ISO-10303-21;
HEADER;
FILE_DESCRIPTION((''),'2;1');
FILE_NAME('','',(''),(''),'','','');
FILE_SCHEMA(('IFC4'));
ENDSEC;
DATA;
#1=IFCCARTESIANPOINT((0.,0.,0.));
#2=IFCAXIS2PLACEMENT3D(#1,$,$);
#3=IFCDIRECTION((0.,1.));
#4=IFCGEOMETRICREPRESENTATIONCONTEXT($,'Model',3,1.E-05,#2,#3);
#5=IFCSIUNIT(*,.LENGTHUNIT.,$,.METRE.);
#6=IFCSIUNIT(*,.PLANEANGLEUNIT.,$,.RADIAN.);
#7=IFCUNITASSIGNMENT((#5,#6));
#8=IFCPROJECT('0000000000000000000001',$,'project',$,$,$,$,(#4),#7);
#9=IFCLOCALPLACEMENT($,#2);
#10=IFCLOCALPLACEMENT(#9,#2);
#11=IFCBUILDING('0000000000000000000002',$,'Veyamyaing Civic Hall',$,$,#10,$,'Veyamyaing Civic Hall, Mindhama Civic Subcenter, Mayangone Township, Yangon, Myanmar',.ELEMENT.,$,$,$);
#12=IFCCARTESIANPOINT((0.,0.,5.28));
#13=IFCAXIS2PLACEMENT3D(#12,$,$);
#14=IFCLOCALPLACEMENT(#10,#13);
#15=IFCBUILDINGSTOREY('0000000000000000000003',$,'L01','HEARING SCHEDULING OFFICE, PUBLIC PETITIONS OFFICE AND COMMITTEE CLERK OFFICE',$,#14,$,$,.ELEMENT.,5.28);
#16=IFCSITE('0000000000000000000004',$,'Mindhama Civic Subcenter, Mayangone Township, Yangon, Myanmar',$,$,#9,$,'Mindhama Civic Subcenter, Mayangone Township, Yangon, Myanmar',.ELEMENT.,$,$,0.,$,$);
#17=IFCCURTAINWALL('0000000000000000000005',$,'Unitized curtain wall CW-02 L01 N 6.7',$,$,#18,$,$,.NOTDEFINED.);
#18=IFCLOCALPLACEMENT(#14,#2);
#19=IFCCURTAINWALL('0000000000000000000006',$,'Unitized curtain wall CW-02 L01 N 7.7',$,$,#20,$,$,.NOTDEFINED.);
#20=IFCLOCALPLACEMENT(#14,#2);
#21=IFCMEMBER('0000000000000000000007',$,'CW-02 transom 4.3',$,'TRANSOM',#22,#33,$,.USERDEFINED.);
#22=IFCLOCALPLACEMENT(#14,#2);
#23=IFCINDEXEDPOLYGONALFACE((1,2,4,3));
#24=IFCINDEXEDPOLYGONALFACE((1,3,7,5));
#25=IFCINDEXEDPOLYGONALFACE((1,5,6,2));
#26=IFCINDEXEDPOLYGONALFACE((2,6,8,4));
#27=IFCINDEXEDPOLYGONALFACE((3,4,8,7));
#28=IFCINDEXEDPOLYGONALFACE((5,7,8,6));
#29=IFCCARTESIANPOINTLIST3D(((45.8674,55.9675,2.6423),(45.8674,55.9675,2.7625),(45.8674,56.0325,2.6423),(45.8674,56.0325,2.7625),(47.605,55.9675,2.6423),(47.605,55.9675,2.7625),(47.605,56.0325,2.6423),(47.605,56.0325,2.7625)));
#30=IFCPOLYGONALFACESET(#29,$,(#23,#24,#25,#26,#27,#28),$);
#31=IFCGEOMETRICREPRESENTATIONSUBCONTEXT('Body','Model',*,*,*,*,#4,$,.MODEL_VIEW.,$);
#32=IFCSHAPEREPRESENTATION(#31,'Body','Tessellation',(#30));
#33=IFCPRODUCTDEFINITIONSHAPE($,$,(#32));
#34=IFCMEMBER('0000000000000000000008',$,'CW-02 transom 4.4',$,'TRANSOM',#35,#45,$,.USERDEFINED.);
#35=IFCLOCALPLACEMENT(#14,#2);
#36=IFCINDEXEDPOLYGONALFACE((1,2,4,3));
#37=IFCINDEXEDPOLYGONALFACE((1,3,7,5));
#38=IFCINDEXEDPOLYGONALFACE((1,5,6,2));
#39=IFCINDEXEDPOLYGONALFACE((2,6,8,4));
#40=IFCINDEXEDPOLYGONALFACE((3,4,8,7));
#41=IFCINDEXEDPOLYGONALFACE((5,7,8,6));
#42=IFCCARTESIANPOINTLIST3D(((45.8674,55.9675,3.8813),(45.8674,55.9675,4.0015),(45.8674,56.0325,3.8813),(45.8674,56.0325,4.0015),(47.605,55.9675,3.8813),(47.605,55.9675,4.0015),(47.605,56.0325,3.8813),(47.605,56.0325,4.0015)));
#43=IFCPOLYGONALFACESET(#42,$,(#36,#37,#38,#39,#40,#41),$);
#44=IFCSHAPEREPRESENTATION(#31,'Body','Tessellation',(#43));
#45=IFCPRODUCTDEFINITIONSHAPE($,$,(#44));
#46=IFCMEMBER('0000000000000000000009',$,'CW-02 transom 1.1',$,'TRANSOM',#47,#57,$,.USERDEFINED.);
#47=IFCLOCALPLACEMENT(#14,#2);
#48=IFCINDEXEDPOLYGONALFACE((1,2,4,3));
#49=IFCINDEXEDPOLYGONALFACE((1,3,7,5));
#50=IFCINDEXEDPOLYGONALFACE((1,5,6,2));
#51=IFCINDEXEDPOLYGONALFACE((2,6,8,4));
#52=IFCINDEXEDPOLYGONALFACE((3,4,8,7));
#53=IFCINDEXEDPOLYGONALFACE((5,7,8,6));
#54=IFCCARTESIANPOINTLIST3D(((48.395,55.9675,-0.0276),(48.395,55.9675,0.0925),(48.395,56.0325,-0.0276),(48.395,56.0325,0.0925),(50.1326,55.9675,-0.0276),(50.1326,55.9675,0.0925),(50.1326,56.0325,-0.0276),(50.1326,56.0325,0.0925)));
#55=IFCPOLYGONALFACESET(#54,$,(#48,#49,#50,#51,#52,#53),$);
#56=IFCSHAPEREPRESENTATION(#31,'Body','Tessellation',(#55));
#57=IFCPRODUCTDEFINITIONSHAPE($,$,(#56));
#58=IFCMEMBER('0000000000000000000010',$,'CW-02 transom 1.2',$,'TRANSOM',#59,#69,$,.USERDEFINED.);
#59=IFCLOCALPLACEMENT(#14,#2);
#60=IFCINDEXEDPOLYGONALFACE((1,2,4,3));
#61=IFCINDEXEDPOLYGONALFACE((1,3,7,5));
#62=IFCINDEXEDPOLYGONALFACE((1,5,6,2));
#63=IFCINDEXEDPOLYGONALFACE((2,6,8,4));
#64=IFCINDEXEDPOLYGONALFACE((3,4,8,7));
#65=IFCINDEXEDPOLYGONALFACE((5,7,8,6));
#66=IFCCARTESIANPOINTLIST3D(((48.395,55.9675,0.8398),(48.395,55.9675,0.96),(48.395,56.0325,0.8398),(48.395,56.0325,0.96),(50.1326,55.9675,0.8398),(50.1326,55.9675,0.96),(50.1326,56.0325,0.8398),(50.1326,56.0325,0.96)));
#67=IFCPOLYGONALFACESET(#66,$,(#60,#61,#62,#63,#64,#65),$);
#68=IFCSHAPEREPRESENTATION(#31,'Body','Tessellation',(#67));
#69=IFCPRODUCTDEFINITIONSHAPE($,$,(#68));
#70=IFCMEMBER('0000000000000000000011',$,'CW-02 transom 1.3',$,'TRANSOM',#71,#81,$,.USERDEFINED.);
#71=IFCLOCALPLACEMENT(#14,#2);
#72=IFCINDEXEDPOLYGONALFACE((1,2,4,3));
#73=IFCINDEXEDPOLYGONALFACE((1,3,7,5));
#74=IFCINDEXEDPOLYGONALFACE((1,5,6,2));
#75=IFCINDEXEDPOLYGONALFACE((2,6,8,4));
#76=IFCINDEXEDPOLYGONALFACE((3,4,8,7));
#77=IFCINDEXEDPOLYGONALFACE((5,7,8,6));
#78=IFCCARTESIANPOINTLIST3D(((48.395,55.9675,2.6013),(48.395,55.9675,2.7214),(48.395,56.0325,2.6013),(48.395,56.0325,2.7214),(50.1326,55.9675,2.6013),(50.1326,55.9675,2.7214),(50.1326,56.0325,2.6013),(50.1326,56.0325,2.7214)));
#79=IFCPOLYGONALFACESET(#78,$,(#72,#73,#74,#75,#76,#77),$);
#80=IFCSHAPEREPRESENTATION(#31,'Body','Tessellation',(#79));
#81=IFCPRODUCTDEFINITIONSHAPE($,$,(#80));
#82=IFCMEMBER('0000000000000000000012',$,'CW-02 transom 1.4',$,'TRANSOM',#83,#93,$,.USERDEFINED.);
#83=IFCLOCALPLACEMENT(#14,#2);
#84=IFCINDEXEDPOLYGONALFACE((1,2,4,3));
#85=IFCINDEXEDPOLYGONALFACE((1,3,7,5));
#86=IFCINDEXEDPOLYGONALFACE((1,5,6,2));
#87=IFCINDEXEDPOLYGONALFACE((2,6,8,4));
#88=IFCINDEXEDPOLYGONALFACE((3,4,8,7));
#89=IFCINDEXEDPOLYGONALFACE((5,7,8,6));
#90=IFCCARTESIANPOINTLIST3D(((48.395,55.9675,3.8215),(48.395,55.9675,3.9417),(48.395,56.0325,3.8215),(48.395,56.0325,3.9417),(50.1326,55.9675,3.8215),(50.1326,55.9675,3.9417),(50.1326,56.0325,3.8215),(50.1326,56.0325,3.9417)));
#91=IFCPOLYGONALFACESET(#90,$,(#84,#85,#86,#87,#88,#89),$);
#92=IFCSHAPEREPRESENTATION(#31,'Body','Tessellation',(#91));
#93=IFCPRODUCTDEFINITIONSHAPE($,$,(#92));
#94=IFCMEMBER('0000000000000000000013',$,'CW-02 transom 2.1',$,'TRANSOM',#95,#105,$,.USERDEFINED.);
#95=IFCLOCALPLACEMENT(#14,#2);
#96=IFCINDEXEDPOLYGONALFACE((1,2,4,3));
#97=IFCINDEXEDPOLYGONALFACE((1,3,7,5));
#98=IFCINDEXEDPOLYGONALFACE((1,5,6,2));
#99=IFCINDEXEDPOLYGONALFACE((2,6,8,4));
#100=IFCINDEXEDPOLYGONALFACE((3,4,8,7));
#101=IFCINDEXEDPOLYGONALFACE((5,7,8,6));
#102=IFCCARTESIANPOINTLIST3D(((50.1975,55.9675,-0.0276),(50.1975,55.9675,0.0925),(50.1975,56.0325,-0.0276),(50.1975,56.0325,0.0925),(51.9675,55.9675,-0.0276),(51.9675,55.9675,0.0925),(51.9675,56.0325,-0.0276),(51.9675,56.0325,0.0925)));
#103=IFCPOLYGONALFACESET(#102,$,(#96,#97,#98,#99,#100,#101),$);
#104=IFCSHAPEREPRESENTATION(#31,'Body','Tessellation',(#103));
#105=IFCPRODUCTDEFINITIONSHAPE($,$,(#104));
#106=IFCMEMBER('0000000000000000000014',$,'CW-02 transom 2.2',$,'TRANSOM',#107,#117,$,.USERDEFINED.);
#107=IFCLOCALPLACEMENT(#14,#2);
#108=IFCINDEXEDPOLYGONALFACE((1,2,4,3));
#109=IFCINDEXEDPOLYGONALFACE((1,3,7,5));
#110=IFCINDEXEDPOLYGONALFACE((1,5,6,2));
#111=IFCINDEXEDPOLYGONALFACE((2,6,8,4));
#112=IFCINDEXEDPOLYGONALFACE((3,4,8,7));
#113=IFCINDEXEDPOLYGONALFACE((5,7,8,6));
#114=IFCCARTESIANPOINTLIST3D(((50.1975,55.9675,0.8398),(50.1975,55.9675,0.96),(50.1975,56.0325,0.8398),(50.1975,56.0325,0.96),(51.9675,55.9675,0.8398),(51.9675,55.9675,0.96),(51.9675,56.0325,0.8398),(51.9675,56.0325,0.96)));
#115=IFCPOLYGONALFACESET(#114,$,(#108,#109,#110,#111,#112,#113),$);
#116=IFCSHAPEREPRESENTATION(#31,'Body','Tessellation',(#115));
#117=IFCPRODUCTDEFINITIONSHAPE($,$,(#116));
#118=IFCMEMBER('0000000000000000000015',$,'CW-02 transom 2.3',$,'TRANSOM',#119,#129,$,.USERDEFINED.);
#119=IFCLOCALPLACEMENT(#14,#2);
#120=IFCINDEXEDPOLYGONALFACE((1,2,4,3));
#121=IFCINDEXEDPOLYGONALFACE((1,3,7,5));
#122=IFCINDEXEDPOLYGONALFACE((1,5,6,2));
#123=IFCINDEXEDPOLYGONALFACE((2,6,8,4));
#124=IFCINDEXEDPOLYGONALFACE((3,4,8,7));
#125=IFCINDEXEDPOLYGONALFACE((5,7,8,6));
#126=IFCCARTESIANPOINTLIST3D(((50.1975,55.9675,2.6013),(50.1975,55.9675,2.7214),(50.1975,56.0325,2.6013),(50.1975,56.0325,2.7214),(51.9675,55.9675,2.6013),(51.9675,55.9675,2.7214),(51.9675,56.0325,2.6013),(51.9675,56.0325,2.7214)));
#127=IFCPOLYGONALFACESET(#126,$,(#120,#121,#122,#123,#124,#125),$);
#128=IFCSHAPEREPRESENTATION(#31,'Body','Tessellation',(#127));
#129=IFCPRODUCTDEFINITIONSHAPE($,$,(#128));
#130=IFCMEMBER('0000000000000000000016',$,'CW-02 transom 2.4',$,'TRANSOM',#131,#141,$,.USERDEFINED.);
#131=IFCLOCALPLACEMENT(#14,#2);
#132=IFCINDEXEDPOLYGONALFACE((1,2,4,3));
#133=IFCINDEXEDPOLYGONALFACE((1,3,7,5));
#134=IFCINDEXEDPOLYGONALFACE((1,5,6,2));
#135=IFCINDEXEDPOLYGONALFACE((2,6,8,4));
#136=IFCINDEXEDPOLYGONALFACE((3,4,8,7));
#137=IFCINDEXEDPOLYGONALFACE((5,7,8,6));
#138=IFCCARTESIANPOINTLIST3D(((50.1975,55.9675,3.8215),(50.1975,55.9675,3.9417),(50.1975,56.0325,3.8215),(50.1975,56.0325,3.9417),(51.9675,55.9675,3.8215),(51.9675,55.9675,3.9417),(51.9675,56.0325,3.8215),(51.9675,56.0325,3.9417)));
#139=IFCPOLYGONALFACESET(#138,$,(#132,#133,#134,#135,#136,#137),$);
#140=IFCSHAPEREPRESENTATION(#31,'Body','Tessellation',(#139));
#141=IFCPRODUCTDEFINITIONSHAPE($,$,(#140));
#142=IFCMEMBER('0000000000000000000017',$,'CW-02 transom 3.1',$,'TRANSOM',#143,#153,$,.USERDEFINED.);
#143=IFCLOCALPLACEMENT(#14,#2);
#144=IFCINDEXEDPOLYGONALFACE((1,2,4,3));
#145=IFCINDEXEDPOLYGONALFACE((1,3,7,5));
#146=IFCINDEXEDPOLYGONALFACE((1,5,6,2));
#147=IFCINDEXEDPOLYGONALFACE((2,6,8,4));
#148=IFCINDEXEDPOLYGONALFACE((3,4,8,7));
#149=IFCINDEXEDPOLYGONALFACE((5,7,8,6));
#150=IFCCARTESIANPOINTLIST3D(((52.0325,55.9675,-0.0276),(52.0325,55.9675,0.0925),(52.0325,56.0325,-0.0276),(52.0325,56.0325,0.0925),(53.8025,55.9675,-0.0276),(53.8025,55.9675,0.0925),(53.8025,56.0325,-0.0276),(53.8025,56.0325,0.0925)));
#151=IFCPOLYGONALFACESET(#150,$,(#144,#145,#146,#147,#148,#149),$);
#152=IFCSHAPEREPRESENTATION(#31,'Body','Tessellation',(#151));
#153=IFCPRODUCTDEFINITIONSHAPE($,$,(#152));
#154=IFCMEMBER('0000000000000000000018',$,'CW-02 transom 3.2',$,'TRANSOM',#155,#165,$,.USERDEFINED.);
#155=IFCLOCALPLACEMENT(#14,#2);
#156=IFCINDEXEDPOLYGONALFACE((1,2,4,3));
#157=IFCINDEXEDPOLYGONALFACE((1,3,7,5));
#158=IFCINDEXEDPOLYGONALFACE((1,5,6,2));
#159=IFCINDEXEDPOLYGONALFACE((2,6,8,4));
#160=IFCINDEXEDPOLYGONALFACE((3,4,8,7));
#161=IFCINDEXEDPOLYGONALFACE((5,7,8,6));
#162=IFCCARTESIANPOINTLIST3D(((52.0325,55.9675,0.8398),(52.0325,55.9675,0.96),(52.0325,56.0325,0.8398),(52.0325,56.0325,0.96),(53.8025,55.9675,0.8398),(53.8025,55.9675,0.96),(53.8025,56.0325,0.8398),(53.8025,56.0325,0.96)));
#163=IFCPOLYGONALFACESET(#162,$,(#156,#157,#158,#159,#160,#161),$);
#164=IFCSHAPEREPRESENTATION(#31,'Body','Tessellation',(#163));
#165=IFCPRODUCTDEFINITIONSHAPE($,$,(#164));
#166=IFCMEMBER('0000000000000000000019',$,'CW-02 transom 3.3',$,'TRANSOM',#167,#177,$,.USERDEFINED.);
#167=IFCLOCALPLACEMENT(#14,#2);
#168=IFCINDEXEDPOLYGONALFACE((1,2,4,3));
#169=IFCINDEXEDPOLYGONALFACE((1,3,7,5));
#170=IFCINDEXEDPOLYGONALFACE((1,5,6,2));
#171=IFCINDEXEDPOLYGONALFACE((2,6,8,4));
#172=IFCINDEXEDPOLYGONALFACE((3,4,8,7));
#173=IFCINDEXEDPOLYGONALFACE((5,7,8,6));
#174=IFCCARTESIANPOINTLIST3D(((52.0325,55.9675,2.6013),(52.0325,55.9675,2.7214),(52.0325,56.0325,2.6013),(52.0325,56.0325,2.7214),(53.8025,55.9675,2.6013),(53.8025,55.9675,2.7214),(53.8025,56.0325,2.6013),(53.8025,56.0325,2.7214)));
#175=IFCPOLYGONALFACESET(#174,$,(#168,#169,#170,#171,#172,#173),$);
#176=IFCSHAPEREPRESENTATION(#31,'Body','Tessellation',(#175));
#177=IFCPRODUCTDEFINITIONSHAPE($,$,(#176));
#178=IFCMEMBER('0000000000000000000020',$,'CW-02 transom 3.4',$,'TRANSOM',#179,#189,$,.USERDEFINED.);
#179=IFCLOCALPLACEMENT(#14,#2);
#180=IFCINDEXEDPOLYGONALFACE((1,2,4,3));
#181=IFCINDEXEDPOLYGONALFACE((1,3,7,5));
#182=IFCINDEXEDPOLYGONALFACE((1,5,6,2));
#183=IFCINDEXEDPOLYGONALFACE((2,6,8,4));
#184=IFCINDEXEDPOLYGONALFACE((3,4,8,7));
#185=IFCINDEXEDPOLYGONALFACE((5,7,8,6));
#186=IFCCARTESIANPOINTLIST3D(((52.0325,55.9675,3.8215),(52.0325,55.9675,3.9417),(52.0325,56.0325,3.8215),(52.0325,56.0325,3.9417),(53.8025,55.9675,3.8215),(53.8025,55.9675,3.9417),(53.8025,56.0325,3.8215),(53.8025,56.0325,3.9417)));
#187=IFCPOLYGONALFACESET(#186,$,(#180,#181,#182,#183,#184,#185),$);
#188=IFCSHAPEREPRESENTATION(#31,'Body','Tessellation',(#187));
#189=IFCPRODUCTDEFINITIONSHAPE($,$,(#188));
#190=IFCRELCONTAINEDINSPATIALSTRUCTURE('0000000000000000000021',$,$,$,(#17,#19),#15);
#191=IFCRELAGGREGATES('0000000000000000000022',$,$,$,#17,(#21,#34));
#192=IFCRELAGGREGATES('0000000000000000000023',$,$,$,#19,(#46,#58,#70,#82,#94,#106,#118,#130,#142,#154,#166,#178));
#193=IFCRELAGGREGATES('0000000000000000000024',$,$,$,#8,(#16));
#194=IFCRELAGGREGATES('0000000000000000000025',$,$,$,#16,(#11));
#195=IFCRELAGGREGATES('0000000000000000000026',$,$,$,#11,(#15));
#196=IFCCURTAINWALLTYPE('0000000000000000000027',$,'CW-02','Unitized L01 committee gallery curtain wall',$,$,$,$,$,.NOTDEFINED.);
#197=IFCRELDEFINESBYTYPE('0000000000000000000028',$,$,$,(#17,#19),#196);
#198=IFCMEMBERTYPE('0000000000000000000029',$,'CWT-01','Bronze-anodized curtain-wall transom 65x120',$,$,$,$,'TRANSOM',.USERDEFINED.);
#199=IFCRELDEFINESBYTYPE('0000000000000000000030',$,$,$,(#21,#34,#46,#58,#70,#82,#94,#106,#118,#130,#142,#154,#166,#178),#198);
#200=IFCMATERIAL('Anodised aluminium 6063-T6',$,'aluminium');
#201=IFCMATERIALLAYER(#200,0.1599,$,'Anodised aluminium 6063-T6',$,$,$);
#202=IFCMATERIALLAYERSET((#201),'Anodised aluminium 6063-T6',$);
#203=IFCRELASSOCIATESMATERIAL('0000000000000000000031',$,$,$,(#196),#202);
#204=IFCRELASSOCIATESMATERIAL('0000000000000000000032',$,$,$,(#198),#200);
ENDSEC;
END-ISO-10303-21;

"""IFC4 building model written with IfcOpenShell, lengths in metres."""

from ifc_helpers import new_model, si_unit, direction, frame, origin, origin_2d, place, context, subcontext, project, spatial, rectangle, extrude, material, layer, layer_set, material_profile, profile_set, type_object, element, aggregate, save


model = new_model("IFC4")

# Units and contexts
model_context = context("Model", 3, precision=1e-05, world=origin(), true_north=direction((0.0, 1.0)))
body_context = subcontext(model_context, "Body", "Model", "MODEL_VIEW")
ifc_project = project(units=[si_unit("LENGTHUNIT", "METRE"), si_unit("PLANEANGLEUNIT", "RADIAN")], contexts=[model_context])

# Site, building, storey
site_placement = place(None, origin())
site = spatial("IfcSite", under=ifc_project, at=site_placement, Name="Mindhama Civic Subcenter, Mayangone Township, Yangon, Myanmar", LongName="Mindhama Civic Subcenter, Mayangone Township, Yangon, Myanmar", CompositionType="ELEMENT", RefElevation=0.0)
building_placement = place(site_placement, origin())
building = spatial("IfcBuilding", under=site, at=building_placement, Name="Veyamyaing Civic Hall", LongName="Veyamyaing Civic Hall, Mindhama Civic Subcenter, Mayangone Township, Yangon, Myanmar", CompositionType="ELEMENT")
storey_placement = place(building_placement, frame((0.0, 0.0, 5.28)))
storey = spatial("IfcBuildingStorey", under=building, at=storey_placement, Name="L01", Description="HEARING SCHEDULING OFFICE, PUBLIC PETITIONS OFFICE AND COMMITTEE CLERK OFFICE", CompositionType="ELEMENT", Elevation=5.28)

# Curtain walls
ifc_material_1 = material(Name="Anodised aluminium 6063-T6", Category="aluminium")
ifc_layer_1 = layer(ifc_material_1, 0.1599, Name="Anodised aluminium 6063-T6")
ifc_layer_set_1 = layer_set([ifc_layer_1], Name="Anodised aluminium 6063-T6")
curtain_wall_type = type_object("IfcCurtainWallType", Name="CW-02", Description="Unitized L01 committee gallery curtain wall", PredefinedType="NOTDEFINED", material=ifc_layer_set_1)
curtain_wall_1_placement = place(storey_placement, origin())
curtain_wall_1 = element("IfcCurtainWall", 1, at=curtain_wall_1_placement, inside=storey, type_object=curtain_wall_type, Name="Unitized curtain wall CW-02 L01 N 6.7", PredefinedType="NOTDEFINED")
curtain_wall_2_placement = place(storey_placement, origin())
curtain_wall_2 = element("IfcCurtainWall", 2, at=curtain_wall_2_placement, inside=storey, type_object=curtain_wall_type, Name="Unitized curtain wall CW-02 L01 N 7.7", PredefinedType="NOTDEFINED")

# Members
ifc_material_profile_1 = material_profile(ifc_material_1, rectangle(XDim=0.0649, YDim=0.1201, at=origin_2d()), Name="ALU-TRN-65X120")
ifc_profile_set_1 = profile_set([ifc_material_profile_1], Name="Anodised aluminium 6063-T6")
member_type_1 = type_object("IfcMemberType", Name="CWT-01", Description="Bronze-anodized curtain-wall transom 65x120", ElementType="TRANSOM", PredefinedType="USERDEFINED", material=ifc_profile_set_1)
member_1_placement = place(storey_placement, frame((45.8674, 56.0, 2.7024), z_axis=(1.0, 0.0, 0.0), x_axis=(0.0, 1.0, 0.0)))
member_1 = element("IfcMember", 3, at=member_1_placement, type_object=member_type_1, Name="CW-02 transom 4.3", ObjectType="TRANSOM", PredefinedType="USERDEFINED", context=body_context, shape_type="SweptSolid", body=[
    extrude(rectangle(XDim=0.0649, YDim=0.1201, at=origin_2d()), origin(), (0.0, 0.0, 1.0), 1.7375),
])
member_2_placement = place(storey_placement, frame((45.8674, 56.0, 3.9414), z_axis=(1.0, 0.0, 0.0), x_axis=(0.0, 1.0, 0.0)))
member_2 = element("IfcMember", 4, at=member_2_placement, type_object=member_type_1, Name="CW-02 transom 4.4", ObjectType="TRANSOM", PredefinedType="USERDEFINED", context=body_context, shape_type="SweptSolid", body=[
    extrude(rectangle(XDim=0.0649, YDim=0.1201, at=origin_2d()), origin(), (0.0, 0.0, 1.0), 1.7375),
])
member_3_placement = place(storey_placement, frame((48.395, 56.0, 0.0325), z_axis=(1.0, 0.0, 0.0), x_axis=(0.0, 1.0, 0.0)))
member_3 = element("IfcMember", 5, at=member_3_placement, type_object=member_type_1, Name="CW-02 transom 1.1", ObjectType="TRANSOM", PredefinedType="USERDEFINED", context=body_context, shape_type="SweptSolid", body=[
    extrude(rectangle(XDim=0.0649, YDim=0.1201, at=origin_2d()), origin(), (0.0, 0.0, 1.0), 1.7375),
])
member_4_placement = place(storey_placement, frame((48.395, 56.0, 0.8999), z_axis=(1.0, 0.0, 0.0), x_axis=(0.0, 1.0, 0.0)))
member_4 = element("IfcMember", 6, at=member_4_placement, type_object=member_type_1, Name="CW-02 transom 1.2", ObjectType="TRANSOM", PredefinedType="USERDEFINED", context=body_context, shape_type="SweptSolid", body=[
    extrude(rectangle(XDim=0.0649, YDim=0.1201, at=origin_2d()), origin(), (0.0, 0.0, 1.0), 1.7375),
])
member_5_placement = place(storey_placement, frame((48.395, 56.0, 2.6614), z_axis=(1.0, 0.0, 0.0), x_axis=(0.0, 1.0, 0.0)))
member_5 = element("IfcMember", 7, at=member_5_placement, type_object=member_type_1, Name="CW-02 transom 1.3", ObjectType="TRANSOM", PredefinedType="USERDEFINED", context=body_context, shape_type="SweptSolid", body=[
    extrude(rectangle(XDim=0.0649, YDim=0.1201, at=origin_2d()), origin(), (0.0, 0.0, 1.0), 1.7375),
])
member_6_placement = place(storey_placement, frame((48.395, 56.0, 3.8816), z_axis=(1.0, 0.0, 0.0), x_axis=(0.0, 1.0, 0.0)))
member_6 = element("IfcMember", 8, at=member_6_placement, type_object=member_type_1, Name="CW-02 transom 1.4", ObjectType="TRANSOM", PredefinedType="USERDEFINED", context=body_context, shape_type="SweptSolid", body=[
    extrude(rectangle(XDim=0.0649, YDim=0.1201, at=origin_2d()), origin(), (0.0, 0.0, 1.0), 1.7375),
])
member_7_placement = place(storey_placement, frame((50.1975, 56.0, 0.0325), z_axis=(1.0, 0.0, 0.0), x_axis=(0.0, 1.0, 0.0)))
member_7 = element("IfcMember", 9, at=member_7_placement, type_object=member_type_1, Name="CW-02 transom 2.1", ObjectType="TRANSOM", PredefinedType="USERDEFINED", context=body_context, shape_type="SweptSolid", body=[
    extrude(rectangle(XDim=0.0649, YDim=0.1201, at=origin_2d()), origin(), (0.0, 0.0, 1.0), 1.77),
])
member_8_placement = place(storey_placement, frame((50.1975, 56.0, 0.8999), z_axis=(1.0, 0.0, 0.0), x_axis=(0.0, 1.0, 0.0)))
member_8 = element("IfcMember", 10, at=member_8_placement, type_object=member_type_1, Name="CW-02 transom 2.2", ObjectType="TRANSOM", PredefinedType="USERDEFINED", context=body_context, shape_type="SweptSolid", body=[
    extrude(rectangle(XDim=0.0649, YDim=0.1201, at=origin_2d()), origin(), (0.0, 0.0, 1.0), 1.77),
])
member_9_placement = place(storey_placement, frame((50.1975, 56.0, 2.6614), z_axis=(1.0, 0.0, 0.0), x_axis=(0.0, 1.0, 0.0)))
member_9 = element("IfcMember", 11, at=member_9_placement, type_object=member_type_1, Name="CW-02 transom 2.3", ObjectType="TRANSOM", PredefinedType="USERDEFINED", context=body_context, shape_type="SweptSolid", body=[
    extrude(rectangle(XDim=0.0649, YDim=0.1201, at=origin_2d()), origin(), (0.0, 0.0, 1.0), 1.77),
])
member_10_placement = place(storey_placement, frame((50.1975, 56.0, 3.8816), z_axis=(1.0, 0.0, 0.0), x_axis=(0.0, 1.0, 0.0)))
member_10 = element("IfcMember", 12, at=member_10_placement, type_object=member_type_1, Name="CW-02 transom 2.4", ObjectType="TRANSOM", PredefinedType="USERDEFINED", context=body_context, shape_type="SweptSolid", body=[
    extrude(rectangle(XDim=0.0649, YDim=0.1201, at=origin_2d()), origin(), (0.0, 0.0, 1.0), 1.77),
])
member_11_placement = place(storey_placement, frame((52.0325, 56.0, 0.0325), z_axis=(1.0, 0.0, 0.0), x_axis=(0.0, 1.0, 0.0)))
member_11 = element("IfcMember", 13, at=member_11_placement, type_object=member_type_1, Name="CW-02 transom 3.1", ObjectType="TRANSOM", PredefinedType="USERDEFINED", context=body_context, shape_type="SweptSolid", body=[
    extrude(rectangle(XDim=0.0649, YDim=0.1201, at=origin_2d()), origin(), (0.0, 0.0, 1.0), 1.77),
])
member_12_placement = place(storey_placement, frame((52.0325, 56.0, 0.8999), z_axis=(1.0, 0.0, 0.0), x_axis=(0.0, 1.0, 0.0)))
member_12 = element("IfcMember", 14, at=member_12_placement, type_object=member_type_1, Name="CW-02 transom 3.2", ObjectType="TRANSOM", PredefinedType="USERDEFINED", context=body_context, shape_type="SweptSolid", body=[
    extrude(rectangle(XDim=0.0649, YDim=0.1201, at=origin_2d()), origin(), (0.0, 0.0, 1.0), 1.77),
])
member_13_placement = place(storey_placement, frame((52.0325, 56.0, 2.6614), z_axis=(1.0, 0.0, 0.0), x_axis=(0.0, 1.0, 0.0)))
member_13 = element("IfcMember", 15, at=member_13_placement, type_object=member_type_1, Name="CW-02 transom 3.3", ObjectType="TRANSOM", PredefinedType="USERDEFINED", context=body_context, shape_type="SweptSolid", body=[
    extrude(rectangle(XDim=0.0649, YDim=0.1201, at=origin_2d()), origin(), (0.0, 0.0, 1.0), 1.77),
])
member_14_placement = place(storey_placement, frame((52.0325, 56.0, 3.8816), z_axis=(1.0, 0.0, 0.0), x_axis=(0.0, 1.0, 0.0)))
member_14 = element("IfcMember", 16, at=member_14_placement, type_object=member_type_1, Name="CW-02 transom 3.4", ObjectType="TRANSOM", PredefinedType="USERDEFINED", context=body_context, shape_type="SweptSolid", body=[
    extrude(rectangle(XDim=0.0649, YDim=0.1201, at=origin_2d()), origin(), (0.0, 0.0, 1.0), 1.77),
])

aggregate(curtain_wall_1, [member_1, member_2])
aggregate(curtain_wall_2, [member_3, member_4, member_5, member_6, member_7, member_8, member_9, member_10, member_11, member_12, member_13, member_14])

save(model, "model.ifc")
